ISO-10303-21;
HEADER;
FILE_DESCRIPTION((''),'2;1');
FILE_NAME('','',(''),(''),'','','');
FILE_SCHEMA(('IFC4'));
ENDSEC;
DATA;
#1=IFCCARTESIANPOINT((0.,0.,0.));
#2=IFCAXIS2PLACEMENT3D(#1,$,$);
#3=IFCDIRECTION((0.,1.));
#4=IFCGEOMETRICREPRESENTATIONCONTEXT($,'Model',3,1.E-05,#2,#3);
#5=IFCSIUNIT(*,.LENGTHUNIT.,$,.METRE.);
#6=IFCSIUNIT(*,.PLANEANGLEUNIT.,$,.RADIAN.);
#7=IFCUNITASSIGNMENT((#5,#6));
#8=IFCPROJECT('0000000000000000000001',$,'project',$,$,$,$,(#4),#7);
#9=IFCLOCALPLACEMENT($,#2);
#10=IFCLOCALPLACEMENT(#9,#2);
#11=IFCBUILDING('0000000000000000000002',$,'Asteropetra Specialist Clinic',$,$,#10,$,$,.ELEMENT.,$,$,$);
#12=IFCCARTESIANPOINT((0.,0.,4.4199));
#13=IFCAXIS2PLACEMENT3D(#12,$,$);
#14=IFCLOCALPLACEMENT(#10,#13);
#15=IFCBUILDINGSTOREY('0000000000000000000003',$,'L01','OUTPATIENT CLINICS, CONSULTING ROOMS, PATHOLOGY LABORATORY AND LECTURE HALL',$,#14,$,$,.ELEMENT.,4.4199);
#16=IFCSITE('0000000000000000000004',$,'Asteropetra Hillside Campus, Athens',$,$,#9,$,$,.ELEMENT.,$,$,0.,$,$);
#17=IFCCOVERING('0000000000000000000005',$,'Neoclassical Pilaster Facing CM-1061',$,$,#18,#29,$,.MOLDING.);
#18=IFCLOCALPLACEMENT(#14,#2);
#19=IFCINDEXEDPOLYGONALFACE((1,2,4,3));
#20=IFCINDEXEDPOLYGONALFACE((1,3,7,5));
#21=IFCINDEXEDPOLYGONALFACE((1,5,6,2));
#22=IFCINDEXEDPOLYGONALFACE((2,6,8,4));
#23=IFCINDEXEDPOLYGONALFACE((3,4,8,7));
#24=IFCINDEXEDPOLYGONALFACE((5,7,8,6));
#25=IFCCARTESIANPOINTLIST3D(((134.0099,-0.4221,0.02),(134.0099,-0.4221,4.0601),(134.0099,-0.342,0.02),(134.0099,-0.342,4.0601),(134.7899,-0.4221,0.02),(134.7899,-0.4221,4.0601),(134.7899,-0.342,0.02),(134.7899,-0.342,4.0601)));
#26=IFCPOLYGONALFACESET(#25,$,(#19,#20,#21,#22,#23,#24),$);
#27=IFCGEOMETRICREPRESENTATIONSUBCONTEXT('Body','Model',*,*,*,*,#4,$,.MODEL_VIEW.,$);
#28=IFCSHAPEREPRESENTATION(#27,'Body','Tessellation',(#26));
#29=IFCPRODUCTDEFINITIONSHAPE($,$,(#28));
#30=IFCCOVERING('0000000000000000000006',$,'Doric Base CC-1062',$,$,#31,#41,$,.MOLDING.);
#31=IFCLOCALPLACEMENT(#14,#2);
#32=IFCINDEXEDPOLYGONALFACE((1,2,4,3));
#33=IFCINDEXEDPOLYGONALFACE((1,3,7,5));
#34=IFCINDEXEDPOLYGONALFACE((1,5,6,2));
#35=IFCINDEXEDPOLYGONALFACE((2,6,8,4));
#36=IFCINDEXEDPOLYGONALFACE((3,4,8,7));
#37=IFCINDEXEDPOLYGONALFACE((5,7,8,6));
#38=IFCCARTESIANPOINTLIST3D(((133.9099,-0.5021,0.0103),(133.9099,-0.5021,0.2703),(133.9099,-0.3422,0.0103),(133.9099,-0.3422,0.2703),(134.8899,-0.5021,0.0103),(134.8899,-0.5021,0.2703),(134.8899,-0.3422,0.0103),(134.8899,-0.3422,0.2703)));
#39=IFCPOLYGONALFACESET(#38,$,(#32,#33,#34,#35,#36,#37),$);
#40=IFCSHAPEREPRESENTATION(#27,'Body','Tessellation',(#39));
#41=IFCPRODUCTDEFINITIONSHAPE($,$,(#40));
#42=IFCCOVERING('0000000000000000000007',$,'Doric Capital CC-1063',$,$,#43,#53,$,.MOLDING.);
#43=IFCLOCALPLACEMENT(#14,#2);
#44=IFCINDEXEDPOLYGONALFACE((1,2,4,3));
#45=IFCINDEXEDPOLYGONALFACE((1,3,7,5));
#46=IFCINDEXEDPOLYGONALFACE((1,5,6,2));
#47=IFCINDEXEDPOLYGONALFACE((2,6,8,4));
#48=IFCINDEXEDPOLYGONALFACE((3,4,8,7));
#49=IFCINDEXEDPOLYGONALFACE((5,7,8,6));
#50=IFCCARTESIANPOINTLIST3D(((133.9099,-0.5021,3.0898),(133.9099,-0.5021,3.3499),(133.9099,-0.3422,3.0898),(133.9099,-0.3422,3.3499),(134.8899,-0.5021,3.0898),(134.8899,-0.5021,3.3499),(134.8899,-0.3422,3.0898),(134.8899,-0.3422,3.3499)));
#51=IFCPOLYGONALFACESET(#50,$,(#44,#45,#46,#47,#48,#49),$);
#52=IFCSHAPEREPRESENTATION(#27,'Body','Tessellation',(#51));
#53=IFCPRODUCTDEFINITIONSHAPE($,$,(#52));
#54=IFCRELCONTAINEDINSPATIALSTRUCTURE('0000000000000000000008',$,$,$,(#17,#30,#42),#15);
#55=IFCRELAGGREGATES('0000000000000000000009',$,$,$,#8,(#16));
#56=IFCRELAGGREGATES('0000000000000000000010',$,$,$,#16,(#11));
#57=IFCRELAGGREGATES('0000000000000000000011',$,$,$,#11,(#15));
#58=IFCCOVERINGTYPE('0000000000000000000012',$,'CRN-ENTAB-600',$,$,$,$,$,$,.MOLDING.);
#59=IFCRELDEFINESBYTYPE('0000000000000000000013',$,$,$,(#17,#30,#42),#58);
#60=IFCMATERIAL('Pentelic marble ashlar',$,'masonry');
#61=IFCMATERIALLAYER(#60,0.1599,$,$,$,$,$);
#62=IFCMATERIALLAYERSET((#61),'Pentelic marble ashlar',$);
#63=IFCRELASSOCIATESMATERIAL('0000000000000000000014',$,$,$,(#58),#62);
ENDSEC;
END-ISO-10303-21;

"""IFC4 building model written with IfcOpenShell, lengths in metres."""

from ifc_helpers import new_model, si_unit, direction, frame, origin, origin_2d, place, context, subcontext, project, spatial, rectangle, extrude, material, layer, layer_set, type_object, element, save


model = new_model("IFC4")

# Units and contexts
model_context = context("Model", 3, precision=1e-05, world=origin(), true_north=direction((0.0, 1.0)))
body_context = subcontext(model_context, "Body", "Model", "MODEL_VIEW")
ifc_project = project(units=[si_unit("LENGTHUNIT", "METRE"), si_unit("PLANEANGLEUNIT", "RADIAN")], contexts=[model_context])

# Site, building, storey
site_placement = place(None, origin())
site = spatial("IfcSite", under=ifc_project, at=site_placement, Name="Asteropetra Hillside Campus, Athens", CompositionType="ELEMENT", RefElevation=0.0)
building_placement = place(site_placement, origin())
building = spatial("IfcBuilding", under=site, at=building_placement, Name="Asteropetra Specialist Clinic", CompositionType="ELEMENT")
storey_placement = place(building_placement, frame((0.0, 0.0, 4.4199)))
storey = spatial("IfcBuildingStorey", under=building, at=storey_placement, Name="L01", Description="OUTPATIENT CLINICS, CONSULTING ROOMS, PATHOLOGY LABORATORY AND LECTURE HALL", CompositionType="ELEMENT", Elevation=4.4199)

# Coverings
ifc_material_1 = material(Name="Pentelic marble ashlar", Category="masonry")
ifc_layer_1 = layer(ifc_material_1, 0.1599)
ifc_layer_set_1 = layer_set([ifc_layer_1], Name="Pentelic marble ashlar")
covering_type_1 = type_object("IfcCoveringType", Name="CRN-ENTAB-600", PredefinedType="MOLDING", material=ifc_layer_set_1)
covering_placement = place(storey_placement, frame((134.3999, -0.3821, 0.02), z_axis=(0.0, 0.0, 1.0), x_axis=(1.0, 0.0, 0.0)))
element("IfcCovering", 1, at=covering_placement, inside=storey, type_object=covering_type_1, Name="Neoclassical Pilaster Facing CM-1061", PredefinedType="MOLDING", context=body_context, shape_type="SweptSolid", body=[
    extrude(rectangle(XDim=0.78, YDim=0.0801, at=origin_2d()), origin(), (0.0, 0.0, 1.0), 4.04),
])
for number, where, z_axis, x_axis, name in (
    (2, (134.3999, -0.4221, 0.0103), (0.0, 0.0, 1.0), (1.0, 0.0, 0.0), "Doric Base CC-1062"),
    (3, (134.3999, -0.4221, 3.0898), (0.0, 0.0, 1.0), (1.0, 0.0, 0.0), "Doric Capital CC-1063"),
):
    element("IfcCovering", number, at=place(storey_placement, frame(where, z_axis=z_axis, x_axis=x_axis)), inside=storey, type_object=covering_type_1, Name=name, PredefinedType="MOLDING", context=body_context, shape_type="SweptSolid", body=[
        extrude(rectangle(XDim=0.98, YDim=0.1599, at=origin_2d()), origin(), (0.0, 0.0, 1.0), 0.26),
    ])

save(model, "model.ifc")
